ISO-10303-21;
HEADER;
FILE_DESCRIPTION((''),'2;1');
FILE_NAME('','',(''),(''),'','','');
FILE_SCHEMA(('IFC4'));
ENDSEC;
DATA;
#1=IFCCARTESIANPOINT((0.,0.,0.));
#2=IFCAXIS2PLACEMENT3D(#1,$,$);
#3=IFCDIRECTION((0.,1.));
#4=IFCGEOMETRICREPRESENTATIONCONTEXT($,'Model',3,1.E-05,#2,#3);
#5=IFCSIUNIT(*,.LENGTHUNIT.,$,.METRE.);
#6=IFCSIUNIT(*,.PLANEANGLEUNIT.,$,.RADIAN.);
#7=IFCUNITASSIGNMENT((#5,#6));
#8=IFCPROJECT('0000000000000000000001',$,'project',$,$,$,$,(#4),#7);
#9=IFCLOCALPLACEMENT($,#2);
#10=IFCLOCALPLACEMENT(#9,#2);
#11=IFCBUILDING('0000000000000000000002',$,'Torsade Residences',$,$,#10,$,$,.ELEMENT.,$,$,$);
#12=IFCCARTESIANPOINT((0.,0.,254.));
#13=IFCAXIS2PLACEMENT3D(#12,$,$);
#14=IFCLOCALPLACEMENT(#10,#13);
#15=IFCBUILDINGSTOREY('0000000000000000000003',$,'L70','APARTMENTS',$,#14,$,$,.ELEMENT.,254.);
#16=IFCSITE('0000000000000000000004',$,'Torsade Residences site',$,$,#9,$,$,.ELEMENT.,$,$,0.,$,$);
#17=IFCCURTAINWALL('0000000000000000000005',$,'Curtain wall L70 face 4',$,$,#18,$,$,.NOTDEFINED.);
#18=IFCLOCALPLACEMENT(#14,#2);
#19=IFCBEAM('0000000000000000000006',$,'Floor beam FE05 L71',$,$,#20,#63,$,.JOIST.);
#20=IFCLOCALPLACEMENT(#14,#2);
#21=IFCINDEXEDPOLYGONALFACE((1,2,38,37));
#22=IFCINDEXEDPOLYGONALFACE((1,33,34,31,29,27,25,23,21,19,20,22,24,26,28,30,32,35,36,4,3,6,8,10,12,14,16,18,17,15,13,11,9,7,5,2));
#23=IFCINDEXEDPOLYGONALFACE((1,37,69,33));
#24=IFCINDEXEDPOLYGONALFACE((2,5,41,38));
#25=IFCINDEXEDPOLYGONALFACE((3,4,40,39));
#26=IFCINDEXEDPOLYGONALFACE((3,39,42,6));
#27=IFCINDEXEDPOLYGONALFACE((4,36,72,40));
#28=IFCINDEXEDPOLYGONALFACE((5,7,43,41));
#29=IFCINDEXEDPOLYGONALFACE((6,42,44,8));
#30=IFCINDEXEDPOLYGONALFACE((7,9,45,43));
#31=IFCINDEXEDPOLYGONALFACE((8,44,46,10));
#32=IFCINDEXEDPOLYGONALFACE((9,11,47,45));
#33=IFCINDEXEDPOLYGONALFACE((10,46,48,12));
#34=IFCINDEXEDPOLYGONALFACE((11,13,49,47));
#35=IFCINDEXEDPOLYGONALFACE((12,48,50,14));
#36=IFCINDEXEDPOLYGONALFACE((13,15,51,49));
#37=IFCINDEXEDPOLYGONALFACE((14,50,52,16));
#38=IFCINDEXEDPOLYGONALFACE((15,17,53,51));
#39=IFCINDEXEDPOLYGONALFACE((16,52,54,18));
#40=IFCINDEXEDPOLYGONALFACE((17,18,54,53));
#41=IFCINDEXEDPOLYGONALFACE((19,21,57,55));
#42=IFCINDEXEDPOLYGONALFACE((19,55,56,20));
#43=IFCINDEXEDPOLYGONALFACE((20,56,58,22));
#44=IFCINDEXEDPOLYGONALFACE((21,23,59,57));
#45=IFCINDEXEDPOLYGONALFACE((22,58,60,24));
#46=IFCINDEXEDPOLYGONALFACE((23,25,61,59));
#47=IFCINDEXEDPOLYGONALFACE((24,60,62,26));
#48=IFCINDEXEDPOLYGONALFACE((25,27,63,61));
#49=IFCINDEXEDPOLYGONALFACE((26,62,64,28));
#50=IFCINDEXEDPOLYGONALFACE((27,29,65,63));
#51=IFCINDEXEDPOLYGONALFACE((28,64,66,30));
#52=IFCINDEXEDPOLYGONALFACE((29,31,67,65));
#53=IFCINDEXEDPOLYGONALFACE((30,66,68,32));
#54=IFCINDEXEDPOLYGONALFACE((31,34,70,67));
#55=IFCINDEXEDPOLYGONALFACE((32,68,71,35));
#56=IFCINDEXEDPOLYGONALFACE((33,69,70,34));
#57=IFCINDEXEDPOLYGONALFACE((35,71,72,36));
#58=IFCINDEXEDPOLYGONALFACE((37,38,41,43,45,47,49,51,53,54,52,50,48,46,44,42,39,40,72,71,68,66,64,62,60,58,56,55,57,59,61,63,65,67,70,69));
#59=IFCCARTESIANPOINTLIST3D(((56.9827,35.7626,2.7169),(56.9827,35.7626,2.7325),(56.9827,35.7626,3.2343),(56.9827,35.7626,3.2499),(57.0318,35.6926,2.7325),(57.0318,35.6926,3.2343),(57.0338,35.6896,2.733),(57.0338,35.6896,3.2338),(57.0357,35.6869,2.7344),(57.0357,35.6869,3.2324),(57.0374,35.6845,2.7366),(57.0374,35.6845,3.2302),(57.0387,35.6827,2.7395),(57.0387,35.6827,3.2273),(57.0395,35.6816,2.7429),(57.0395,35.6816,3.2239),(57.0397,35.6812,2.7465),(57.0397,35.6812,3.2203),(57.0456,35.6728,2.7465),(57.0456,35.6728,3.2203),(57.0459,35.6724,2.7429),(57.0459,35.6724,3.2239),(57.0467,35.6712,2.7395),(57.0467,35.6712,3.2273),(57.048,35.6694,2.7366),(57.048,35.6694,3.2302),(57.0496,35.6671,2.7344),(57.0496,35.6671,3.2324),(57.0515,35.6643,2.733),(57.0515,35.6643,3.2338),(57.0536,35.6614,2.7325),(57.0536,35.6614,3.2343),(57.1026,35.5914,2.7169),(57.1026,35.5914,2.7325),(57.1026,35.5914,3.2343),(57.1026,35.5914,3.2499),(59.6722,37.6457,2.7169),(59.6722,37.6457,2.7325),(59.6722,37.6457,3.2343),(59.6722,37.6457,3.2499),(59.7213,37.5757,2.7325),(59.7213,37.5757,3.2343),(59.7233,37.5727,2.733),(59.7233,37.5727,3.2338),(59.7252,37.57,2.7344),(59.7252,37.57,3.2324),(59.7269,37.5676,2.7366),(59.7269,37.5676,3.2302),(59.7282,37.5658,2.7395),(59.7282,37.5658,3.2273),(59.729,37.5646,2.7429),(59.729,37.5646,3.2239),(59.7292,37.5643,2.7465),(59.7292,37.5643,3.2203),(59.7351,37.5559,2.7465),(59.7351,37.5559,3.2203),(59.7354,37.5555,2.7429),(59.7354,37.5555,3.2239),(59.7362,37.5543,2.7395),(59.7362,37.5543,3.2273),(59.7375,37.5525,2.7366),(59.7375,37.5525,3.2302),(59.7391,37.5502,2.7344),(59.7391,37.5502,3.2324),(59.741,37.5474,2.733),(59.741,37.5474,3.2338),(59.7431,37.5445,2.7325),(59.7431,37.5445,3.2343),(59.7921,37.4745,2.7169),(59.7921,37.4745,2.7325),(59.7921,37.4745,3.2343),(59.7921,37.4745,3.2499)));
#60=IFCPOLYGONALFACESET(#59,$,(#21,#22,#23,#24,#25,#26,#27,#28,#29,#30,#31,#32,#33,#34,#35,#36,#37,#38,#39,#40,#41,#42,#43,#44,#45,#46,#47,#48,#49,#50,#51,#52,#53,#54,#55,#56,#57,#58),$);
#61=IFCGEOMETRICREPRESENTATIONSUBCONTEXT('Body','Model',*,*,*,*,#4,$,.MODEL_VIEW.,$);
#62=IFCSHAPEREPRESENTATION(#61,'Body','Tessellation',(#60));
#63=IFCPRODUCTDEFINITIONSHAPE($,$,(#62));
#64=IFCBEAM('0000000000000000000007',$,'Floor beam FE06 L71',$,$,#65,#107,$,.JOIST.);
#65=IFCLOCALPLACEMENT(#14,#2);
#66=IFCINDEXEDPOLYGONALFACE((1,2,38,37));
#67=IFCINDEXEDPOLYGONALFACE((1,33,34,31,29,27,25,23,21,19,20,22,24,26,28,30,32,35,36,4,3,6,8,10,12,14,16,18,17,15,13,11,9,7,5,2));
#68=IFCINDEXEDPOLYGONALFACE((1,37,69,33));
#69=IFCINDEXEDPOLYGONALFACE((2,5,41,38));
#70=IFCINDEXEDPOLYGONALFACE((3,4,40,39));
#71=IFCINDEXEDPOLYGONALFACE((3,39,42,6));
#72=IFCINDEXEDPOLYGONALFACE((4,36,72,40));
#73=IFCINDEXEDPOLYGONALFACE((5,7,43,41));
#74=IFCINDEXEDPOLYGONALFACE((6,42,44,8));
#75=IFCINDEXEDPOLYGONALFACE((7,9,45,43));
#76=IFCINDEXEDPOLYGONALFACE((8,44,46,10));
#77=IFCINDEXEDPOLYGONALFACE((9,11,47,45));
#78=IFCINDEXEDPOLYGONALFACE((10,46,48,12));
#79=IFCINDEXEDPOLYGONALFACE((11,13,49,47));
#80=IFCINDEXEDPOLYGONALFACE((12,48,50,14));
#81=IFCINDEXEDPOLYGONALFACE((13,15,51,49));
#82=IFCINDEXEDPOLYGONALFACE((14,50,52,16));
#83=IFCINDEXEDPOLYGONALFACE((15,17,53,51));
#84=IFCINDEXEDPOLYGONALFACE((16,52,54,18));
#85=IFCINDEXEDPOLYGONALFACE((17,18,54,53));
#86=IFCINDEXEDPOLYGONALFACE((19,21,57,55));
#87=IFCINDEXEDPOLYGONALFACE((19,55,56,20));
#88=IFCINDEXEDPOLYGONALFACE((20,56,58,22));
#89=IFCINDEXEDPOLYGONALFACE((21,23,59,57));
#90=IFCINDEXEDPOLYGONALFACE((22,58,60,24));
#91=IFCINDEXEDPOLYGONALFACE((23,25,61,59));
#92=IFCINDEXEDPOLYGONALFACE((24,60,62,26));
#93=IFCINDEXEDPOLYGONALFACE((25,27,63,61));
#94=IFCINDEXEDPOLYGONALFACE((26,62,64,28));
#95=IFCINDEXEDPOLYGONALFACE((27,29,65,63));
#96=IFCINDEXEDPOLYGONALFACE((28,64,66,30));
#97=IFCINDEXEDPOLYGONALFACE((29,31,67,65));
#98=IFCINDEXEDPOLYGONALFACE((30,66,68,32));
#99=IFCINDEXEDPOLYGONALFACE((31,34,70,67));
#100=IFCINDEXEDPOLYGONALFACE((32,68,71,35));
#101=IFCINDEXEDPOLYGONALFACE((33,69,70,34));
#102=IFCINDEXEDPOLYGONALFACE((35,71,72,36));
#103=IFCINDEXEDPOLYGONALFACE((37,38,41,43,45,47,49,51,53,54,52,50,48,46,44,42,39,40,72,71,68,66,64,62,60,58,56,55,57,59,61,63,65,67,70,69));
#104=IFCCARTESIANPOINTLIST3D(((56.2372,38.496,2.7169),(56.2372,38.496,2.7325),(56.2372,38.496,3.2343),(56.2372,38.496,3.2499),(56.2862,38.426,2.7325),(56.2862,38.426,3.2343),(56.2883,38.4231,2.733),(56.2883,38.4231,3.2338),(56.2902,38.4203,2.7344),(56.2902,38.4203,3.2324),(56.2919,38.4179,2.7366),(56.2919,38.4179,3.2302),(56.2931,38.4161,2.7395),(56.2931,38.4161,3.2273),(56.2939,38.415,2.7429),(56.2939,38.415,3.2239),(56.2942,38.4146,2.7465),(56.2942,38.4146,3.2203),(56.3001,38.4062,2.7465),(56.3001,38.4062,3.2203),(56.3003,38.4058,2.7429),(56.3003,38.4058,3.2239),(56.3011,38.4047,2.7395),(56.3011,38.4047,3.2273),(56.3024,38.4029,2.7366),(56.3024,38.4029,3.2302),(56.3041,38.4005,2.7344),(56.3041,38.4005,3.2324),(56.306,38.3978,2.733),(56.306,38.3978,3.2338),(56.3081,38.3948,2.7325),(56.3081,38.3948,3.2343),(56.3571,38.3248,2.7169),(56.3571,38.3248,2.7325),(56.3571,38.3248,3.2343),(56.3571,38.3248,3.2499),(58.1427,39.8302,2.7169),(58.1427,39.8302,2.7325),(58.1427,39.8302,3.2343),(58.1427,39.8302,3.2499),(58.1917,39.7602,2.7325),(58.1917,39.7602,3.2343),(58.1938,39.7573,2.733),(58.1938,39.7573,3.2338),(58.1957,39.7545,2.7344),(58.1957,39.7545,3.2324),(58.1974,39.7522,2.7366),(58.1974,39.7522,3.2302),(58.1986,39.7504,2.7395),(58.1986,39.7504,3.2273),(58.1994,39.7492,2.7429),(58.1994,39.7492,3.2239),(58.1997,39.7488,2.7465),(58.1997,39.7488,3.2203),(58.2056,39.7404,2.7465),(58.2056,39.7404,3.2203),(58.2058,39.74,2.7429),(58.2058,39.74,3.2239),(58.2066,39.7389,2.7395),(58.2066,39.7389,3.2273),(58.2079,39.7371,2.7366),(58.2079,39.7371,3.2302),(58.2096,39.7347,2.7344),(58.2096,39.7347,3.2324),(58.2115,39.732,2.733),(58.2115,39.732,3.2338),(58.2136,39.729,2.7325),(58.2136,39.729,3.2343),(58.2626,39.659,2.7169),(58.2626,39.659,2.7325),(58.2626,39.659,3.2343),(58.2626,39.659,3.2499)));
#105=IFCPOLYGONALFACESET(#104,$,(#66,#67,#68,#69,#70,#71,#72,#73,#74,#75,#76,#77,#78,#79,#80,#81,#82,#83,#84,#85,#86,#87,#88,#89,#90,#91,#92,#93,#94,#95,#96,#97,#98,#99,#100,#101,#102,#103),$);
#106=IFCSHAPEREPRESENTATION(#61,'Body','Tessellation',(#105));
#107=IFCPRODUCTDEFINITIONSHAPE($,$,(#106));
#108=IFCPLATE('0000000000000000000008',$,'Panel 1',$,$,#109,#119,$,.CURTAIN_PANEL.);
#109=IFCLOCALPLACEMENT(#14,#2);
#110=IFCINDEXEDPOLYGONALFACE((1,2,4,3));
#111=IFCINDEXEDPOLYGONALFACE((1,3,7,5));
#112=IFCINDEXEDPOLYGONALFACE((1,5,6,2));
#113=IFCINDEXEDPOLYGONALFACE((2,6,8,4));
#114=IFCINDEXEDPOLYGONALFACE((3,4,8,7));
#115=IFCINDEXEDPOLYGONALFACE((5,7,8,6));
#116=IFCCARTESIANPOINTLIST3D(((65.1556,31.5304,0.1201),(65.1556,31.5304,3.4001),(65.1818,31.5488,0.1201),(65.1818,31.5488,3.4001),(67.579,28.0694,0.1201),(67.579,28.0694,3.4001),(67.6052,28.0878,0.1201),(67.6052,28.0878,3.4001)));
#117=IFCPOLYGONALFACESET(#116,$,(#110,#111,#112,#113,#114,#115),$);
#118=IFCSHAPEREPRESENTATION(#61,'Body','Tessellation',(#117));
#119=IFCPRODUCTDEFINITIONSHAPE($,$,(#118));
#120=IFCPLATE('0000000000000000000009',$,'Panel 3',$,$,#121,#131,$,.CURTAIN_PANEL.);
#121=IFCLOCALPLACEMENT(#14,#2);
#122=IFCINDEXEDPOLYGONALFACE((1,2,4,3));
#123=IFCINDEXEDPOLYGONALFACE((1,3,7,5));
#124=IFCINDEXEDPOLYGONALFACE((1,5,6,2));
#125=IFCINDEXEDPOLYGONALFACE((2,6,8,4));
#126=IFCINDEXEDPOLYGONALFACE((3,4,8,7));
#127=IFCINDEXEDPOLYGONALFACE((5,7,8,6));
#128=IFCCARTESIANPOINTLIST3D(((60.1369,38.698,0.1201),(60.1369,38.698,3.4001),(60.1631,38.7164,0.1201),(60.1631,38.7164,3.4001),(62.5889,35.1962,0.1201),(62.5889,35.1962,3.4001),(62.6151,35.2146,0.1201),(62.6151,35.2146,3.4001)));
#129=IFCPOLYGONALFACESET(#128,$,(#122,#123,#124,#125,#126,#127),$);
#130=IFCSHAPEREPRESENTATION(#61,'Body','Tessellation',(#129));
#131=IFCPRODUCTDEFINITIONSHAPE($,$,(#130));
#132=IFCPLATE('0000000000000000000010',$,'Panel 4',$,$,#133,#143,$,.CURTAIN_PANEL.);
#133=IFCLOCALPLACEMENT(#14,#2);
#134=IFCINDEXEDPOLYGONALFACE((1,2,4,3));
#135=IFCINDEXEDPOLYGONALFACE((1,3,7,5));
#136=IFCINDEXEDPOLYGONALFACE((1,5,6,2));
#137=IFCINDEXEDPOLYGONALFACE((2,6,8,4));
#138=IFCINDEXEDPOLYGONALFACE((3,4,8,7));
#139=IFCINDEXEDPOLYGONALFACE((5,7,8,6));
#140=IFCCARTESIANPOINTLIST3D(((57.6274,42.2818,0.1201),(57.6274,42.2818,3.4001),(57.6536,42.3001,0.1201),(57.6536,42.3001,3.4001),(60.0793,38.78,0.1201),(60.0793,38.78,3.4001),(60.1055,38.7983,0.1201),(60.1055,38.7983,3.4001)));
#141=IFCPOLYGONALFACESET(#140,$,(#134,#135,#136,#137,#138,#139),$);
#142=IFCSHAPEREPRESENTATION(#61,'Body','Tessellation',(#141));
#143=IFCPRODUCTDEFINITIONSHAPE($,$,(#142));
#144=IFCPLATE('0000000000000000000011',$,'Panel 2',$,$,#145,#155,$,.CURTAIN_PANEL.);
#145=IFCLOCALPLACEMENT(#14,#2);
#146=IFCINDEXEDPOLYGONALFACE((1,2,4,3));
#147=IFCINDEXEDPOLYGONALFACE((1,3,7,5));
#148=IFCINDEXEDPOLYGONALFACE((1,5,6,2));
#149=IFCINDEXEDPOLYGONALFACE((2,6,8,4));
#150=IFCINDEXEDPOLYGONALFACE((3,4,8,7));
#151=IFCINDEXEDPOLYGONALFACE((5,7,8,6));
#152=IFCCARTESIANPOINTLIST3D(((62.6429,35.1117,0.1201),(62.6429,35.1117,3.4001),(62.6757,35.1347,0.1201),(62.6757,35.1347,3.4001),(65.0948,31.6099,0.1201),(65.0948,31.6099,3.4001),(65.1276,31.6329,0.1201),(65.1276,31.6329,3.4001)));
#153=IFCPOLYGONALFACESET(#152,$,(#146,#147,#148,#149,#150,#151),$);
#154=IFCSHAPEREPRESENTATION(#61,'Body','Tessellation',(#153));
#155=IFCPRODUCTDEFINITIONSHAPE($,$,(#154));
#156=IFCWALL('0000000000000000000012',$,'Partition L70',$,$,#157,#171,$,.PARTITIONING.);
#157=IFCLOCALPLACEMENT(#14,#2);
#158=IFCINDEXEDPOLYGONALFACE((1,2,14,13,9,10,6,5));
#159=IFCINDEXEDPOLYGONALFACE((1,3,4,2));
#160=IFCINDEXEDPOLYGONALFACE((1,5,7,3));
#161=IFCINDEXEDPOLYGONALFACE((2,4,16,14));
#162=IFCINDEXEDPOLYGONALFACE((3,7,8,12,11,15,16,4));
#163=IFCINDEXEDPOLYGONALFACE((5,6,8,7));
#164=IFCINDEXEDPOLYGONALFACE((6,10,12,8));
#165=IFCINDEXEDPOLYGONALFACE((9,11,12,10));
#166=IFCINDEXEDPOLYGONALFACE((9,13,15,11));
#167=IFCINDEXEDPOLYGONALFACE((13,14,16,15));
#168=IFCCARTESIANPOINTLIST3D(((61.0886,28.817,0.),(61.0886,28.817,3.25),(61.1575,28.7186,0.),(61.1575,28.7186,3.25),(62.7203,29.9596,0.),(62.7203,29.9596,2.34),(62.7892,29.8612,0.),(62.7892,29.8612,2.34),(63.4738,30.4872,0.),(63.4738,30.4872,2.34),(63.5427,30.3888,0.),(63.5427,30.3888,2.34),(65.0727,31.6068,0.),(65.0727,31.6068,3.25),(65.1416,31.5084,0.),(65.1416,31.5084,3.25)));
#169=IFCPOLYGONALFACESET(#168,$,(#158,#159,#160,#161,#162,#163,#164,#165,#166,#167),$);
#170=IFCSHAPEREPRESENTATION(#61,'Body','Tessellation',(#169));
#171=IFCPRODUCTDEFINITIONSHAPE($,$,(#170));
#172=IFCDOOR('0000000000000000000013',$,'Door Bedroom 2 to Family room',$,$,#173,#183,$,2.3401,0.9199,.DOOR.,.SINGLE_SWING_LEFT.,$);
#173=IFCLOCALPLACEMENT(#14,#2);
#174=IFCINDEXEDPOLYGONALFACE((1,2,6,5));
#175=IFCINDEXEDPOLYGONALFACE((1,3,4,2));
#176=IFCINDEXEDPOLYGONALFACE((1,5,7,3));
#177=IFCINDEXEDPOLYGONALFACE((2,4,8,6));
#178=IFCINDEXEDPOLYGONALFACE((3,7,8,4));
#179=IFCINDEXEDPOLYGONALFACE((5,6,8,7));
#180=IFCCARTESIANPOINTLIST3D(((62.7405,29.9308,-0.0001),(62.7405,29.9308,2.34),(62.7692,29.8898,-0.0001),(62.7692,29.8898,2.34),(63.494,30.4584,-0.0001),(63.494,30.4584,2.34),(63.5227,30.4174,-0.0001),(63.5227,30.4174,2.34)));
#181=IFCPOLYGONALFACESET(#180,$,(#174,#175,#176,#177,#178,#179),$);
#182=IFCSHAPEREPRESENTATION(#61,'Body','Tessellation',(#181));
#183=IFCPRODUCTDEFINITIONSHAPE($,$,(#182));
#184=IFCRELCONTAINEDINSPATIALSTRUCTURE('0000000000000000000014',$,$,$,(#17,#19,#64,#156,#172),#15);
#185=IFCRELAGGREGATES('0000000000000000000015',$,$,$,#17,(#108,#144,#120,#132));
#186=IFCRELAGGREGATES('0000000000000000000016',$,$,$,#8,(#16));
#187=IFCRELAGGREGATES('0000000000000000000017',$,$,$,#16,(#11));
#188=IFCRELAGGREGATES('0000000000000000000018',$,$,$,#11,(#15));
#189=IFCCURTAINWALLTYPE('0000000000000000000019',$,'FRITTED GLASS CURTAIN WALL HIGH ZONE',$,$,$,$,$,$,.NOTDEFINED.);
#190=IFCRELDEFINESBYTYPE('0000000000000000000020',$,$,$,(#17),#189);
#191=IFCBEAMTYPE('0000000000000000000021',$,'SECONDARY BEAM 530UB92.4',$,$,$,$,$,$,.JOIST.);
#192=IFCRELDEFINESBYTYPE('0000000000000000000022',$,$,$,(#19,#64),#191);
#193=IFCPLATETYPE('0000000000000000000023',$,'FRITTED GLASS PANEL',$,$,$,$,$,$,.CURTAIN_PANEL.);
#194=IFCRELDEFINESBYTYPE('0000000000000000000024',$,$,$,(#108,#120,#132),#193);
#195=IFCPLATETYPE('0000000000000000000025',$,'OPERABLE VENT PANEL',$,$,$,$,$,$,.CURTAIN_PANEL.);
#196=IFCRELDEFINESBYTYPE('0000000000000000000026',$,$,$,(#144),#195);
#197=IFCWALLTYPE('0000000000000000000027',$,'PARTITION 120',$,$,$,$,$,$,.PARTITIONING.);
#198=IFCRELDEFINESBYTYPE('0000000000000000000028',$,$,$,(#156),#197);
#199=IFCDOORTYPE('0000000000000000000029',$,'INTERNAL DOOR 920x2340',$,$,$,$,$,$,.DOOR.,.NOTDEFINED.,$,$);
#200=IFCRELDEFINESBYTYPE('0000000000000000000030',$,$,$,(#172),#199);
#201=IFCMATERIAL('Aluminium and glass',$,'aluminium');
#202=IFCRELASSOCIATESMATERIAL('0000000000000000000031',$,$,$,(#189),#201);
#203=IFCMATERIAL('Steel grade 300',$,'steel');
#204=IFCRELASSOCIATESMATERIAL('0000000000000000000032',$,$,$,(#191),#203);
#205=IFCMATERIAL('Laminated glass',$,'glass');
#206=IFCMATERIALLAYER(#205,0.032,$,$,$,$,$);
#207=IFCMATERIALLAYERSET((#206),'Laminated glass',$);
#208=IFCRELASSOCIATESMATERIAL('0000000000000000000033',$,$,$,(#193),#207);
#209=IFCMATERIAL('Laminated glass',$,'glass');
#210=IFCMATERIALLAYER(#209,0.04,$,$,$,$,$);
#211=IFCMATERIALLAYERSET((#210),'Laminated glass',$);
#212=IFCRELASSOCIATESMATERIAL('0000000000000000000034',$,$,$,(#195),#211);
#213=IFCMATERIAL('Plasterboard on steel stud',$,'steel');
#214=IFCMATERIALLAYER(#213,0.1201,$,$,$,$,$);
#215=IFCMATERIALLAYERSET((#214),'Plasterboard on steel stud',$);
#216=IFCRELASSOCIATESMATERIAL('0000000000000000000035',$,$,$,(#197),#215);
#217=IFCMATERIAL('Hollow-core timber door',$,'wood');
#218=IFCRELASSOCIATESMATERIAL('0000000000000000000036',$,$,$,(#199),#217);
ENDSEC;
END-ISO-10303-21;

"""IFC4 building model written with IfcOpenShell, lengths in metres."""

from ifc_helpers import new_model, si_unit, direction, frame, frame_2d, origin, origin_2d, place, context, subcontext, project, spatial, rectangle, i_section, extrude, material, layer, layer_set, material_profile, profile_set, type_object, element, fill, aggregate, save


model = new_model("IFC4")

# Units and contexts
model_context = context("Model", 3, precision=1e-05, world=origin(), true_north=direction((0.0, 1.0)))
body_context = subcontext(model_context, "Body", "Model", "MODEL_VIEW")
ifc_project = project(units=[si_unit("LENGTHUNIT", "METRE"), si_unit("PLANEANGLEUNIT", "RADIAN")], contexts=[model_context])

# Site, building, storey
site_placement = place(None, origin())
site = spatial("IfcSite", under=ifc_project, at=site_placement, Name="Torsade Residences site", CompositionType="ELEMENT", RefElevation=0.0)
building_placement = place(site_placement, origin())
building = spatial("IfcBuilding", under=site, at=building_placement, Name="Torsade Residences", CompositionType="ELEMENT")
storey_placement = place(building_placement, frame((0.0, 0.0, 254.0)))
storey = spatial("IfcBuildingStorey", under=building, at=storey_placement, Name="L70", Description="APARTMENTS", CompositionType="ELEMENT", Elevation=254.0)

# Curtain wall
ifc_material_1 = material(Name="Aluminium and glass", Category="aluminium")
curtain_wall_type = type_object("IfcCurtainWallType", Name="FRITTED GLASS CURTAIN WALL HIGH ZONE", PredefinedType="NOTDEFINED", material=ifc_material_1)
curtain_wall_placement = place(storey_placement, origin())
curtain_wall = element("IfcCurtainWall", 1, at=curtain_wall_placement, inside=storey, type_object=curtain_wall_type, Name="Curtain wall L70 face 4", PredefinedType="NOTDEFINED")

# Beams
ifc_material_2 = material(Name="Steel grade 300", Category="steel")
ifc_material_profile_1 = material_profile(ifc_material_2, i_section(OverallWidth=0.209, OverallDepth=0.533, WebThickness=0.0103, FlangeThickness=0.0156, FilletRadius=0.0139, at=origin_2d()), Name="530UB92.4")
ifc_profile_set_1 = profile_set([ifc_material_profile_1], Name="Steel grade 300")
beam_type_1 = type_object("IfcBeamType", Name="SECONDARY BEAM 530UB92.4", PredefinedType="JOIST", material=ifc_profile_set_1)
beam_1_placement = place(storey_placement, frame((59.7322, 37.5601, 2.9834), z_axis=(-0.819169, -0.573552, 0.0), x_axis=(0.573552, -0.819169, 0.0)))
element("IfcBeam", 2, at=beam_1_placement, inside=storey, type_object=beam_type_1, Name="Floor beam FE05 L71", PredefinedType="JOIST", context=body_context, shape_type="SweptSolid", body=[
    extrude(i_section(OverallWidth=0.209, OverallDepth=0.533, WebThickness=0.0103, FlangeThickness=0.0156, FilletRadius=0.0139, at=origin_2d()), origin(), (0.0, 0.0, 1.0), 3.2832),
])
beam_2_placement = place(storey_placement, frame((58.2026, 39.7446, 2.9834), z_axis=(-0.819158, -0.573568, 0.0), x_axis=(0.573568, -0.819158, 0.0)))
element("IfcBeam", 3, at=beam_2_placement, inside=storey, type_object=beam_type_1, Name="Floor beam FE06 L71", PredefinedType="JOIST", context=body_context, shape_type="SweptSolid", body=[
    extrude(i_section(OverallWidth=0.209, OverallDepth=0.533, WebThickness=0.0103, FlangeThickness=0.0156, FilletRadius=0.0139, at=origin_2d()), origin(), (0.0, 0.0, 1.0), 2.3262),
])

# Plates
ifc_material_3 = material(Name="Laminated glass", Category="glass")
ifc_layer_1 = layer(ifc_material_3, 0.032)
ifc_layer_set_1 = layer_set([ifc_layer_1], Name="Laminated glass")
plate_type_1 = type_object("IfcPlateType", Name="FRITTED GLASS PANEL", PredefinedType="CURTAIN_PANEL", material=ifc_layer_set_1)
plate_1_placement = place(storey_placement, frame((66.3804, 29.8091, 0.1201), z_axis=(0.0, 0.0, 1.0), x_axis=(-0.573576, 0.819152, 0.0)))
plate_1 = element("IfcPlate", 4, at=plate_1_placement, type_object=plate_type_1, Name="Panel 1", PredefinedType="CURTAIN_PANEL", context=body_context, shape_type="SweptSolid", body=[
    extrude(rectangle(XDim=4.2251, YDim=0.032, at=origin_2d()), origin(), (0.0, 0.0, 1.0), 3.28),
])
plate_2_placement = place(storey_placement, frame((61.376, 36.9563, 0.1201), z_axis=(0.0, 0.0, 1.0), x_axis=(-0.573576, 0.819152, 0.0)))
plate_2 = element("IfcPlate", 5, at=plate_2_placement, type_object=plate_type_1, Name="Panel 3", PredefinedType="CURTAIN_PANEL", context=body_context, shape_type="SweptSolid", body=[
    extrude(rectangle(XDim=4.2749, YDim=0.032, at=origin_2d()), origin(), (0.0, 0.0, 1.0), 3.28),
])
plate_3_placement = place(storey_placement, frame((58.8665, 40.54, 0.1201), z_axis=(0.0, 0.0, 1.0), x_axis=(-0.573576, 0.819152, 0.0)))
plate_3 = element("IfcPlate", 6, at=plate_3_placement, type_object=plate_type_1, Name="Panel 4", PredefinedType="CURTAIN_PANEL", context=body_context, shape_type="SweptSolid", body=[
    extrude(rectangle(XDim=4.2749, YDim=0.032, at=origin_2d()), origin(), (0.0, 0.0, 1.0), 3.28),
])
ifc_material_4 = material(Name="Laminated glass", Category="glass")
ifc_layer_2 = layer(ifc_material_4, 0.04)
ifc_layer_set_2 = layer_set([ifc_layer_2], Name="Laminated glass")
plate_type_2 = type_object("IfcPlateType", Name="OPERABLE VENT PANEL", PredefinedType="CURTAIN_PANEL", material=ifc_layer_set_2)
plate_4_placement = place(storey_placement, frame((63.8853, 33.3723, 0.1201), z_axis=(0.0, 0.0, 1.0), x_axis=(-0.573576, 0.819152, 0.0)))
plate_4 = element("IfcPlate", 7, at=plate_4_placement, type_object=plate_type_2, Name="Panel 2", PredefinedType="CURTAIN_PANEL", context=body_context, shape_type="SweptSolid", body=[
    extrude(rectangle(XDim=4.2749, YDim=0.04, at=origin_2d()), origin(), (0.0, 0.0, 1.0), 3.28),
])
aggregate(curtain_wall, [plate_1, plate_4, plate_2, plate_3])

# Wall, opening, door
ifc_material_5 = material(Name="Plasterboard on steel stud", Category="steel")
ifc_layer_3 = layer(ifc_material_5, 0.1201)
ifc_layer_set_3 = layer_set([ifc_layer_3], Name="Plasterboard on steel stud")
wall_type_1 = type_object("IfcWallType", Name="PARTITION 120", PredefinedType="PARTITIONING", material=ifc_layer_set_3)
wall_1_placement = place(storey_placement, frame((61.123, 28.7678, 0.0), z_axis=(0.0, 0.0, 1.0), x_axis=(0.819145, 0.573587, 0.0)))
wall_1 = element("IfcWall", 8, at=wall_1_placement, inside=storey, type_object=wall_type_1, Name="Partition L70", PredefinedType="PARTITIONING", context=body_context, shape_type="SweptSolid", body=[
    extrude(rectangle(XDim=4.8638, YDim=0.1201, at=frame_2d((2.4319, 0.0))), origin(), (0.0, 0.0, 1.0), 3.25),
])
opening_placement = place(wall_1_placement, frame((1.9919, 0.0, 0.0)))
opening = element("IfcOpeningElement", 9, at=opening_placement, cuts=wall_1, PredefinedType="OPENING", context=body_context, shape_type="SweptSolid", body=[
    extrude(rectangle(XDim=0.9199, YDim=2.3401, at=frame_2d((0.46, 1.1699))), frame((0.0, 0.0701, 0.0), z_axis=(0.0, -1.0, 0.0), x_axis=(1.0, 0.0, 0.0)), (0.0, 0.0, 1.0), 0.1401),
])
ifc_material_6 = material(Name="Hollow-core timber door", Category="wood")
door_type = type_object("IfcDoorType", Name="INTERNAL DOOR 920x2340", OperationType="NOTDEFINED", PredefinedType="DOOR", material=ifc_material_6)
door_placement = place(opening_placement, origin())
door = element("IfcDoor", 10, at=door_placement, inside=storey, type_object=door_type, Name="Door Bedroom 2 to Family room", OperationType="SINGLE_SWING_LEFT", OverallHeight=2.3401, OverallWidth=0.9199, PredefinedType="DOOR", context=body_context, shape_type="SweptSolid", body=[
    extrude(rectangle(XDim=0.9199, YDim=2.3401, at=frame_2d((0.46, 1.1699))), frame((0.0, 0.0249, 0.0), z_axis=(0.0, -1.0, 0.0), x_axis=(1.0, 0.0, 0.0)), (0.0, 0.0, 1.0), 0.05),
])
fill(opening, door)

save(model, "model.ifc")
